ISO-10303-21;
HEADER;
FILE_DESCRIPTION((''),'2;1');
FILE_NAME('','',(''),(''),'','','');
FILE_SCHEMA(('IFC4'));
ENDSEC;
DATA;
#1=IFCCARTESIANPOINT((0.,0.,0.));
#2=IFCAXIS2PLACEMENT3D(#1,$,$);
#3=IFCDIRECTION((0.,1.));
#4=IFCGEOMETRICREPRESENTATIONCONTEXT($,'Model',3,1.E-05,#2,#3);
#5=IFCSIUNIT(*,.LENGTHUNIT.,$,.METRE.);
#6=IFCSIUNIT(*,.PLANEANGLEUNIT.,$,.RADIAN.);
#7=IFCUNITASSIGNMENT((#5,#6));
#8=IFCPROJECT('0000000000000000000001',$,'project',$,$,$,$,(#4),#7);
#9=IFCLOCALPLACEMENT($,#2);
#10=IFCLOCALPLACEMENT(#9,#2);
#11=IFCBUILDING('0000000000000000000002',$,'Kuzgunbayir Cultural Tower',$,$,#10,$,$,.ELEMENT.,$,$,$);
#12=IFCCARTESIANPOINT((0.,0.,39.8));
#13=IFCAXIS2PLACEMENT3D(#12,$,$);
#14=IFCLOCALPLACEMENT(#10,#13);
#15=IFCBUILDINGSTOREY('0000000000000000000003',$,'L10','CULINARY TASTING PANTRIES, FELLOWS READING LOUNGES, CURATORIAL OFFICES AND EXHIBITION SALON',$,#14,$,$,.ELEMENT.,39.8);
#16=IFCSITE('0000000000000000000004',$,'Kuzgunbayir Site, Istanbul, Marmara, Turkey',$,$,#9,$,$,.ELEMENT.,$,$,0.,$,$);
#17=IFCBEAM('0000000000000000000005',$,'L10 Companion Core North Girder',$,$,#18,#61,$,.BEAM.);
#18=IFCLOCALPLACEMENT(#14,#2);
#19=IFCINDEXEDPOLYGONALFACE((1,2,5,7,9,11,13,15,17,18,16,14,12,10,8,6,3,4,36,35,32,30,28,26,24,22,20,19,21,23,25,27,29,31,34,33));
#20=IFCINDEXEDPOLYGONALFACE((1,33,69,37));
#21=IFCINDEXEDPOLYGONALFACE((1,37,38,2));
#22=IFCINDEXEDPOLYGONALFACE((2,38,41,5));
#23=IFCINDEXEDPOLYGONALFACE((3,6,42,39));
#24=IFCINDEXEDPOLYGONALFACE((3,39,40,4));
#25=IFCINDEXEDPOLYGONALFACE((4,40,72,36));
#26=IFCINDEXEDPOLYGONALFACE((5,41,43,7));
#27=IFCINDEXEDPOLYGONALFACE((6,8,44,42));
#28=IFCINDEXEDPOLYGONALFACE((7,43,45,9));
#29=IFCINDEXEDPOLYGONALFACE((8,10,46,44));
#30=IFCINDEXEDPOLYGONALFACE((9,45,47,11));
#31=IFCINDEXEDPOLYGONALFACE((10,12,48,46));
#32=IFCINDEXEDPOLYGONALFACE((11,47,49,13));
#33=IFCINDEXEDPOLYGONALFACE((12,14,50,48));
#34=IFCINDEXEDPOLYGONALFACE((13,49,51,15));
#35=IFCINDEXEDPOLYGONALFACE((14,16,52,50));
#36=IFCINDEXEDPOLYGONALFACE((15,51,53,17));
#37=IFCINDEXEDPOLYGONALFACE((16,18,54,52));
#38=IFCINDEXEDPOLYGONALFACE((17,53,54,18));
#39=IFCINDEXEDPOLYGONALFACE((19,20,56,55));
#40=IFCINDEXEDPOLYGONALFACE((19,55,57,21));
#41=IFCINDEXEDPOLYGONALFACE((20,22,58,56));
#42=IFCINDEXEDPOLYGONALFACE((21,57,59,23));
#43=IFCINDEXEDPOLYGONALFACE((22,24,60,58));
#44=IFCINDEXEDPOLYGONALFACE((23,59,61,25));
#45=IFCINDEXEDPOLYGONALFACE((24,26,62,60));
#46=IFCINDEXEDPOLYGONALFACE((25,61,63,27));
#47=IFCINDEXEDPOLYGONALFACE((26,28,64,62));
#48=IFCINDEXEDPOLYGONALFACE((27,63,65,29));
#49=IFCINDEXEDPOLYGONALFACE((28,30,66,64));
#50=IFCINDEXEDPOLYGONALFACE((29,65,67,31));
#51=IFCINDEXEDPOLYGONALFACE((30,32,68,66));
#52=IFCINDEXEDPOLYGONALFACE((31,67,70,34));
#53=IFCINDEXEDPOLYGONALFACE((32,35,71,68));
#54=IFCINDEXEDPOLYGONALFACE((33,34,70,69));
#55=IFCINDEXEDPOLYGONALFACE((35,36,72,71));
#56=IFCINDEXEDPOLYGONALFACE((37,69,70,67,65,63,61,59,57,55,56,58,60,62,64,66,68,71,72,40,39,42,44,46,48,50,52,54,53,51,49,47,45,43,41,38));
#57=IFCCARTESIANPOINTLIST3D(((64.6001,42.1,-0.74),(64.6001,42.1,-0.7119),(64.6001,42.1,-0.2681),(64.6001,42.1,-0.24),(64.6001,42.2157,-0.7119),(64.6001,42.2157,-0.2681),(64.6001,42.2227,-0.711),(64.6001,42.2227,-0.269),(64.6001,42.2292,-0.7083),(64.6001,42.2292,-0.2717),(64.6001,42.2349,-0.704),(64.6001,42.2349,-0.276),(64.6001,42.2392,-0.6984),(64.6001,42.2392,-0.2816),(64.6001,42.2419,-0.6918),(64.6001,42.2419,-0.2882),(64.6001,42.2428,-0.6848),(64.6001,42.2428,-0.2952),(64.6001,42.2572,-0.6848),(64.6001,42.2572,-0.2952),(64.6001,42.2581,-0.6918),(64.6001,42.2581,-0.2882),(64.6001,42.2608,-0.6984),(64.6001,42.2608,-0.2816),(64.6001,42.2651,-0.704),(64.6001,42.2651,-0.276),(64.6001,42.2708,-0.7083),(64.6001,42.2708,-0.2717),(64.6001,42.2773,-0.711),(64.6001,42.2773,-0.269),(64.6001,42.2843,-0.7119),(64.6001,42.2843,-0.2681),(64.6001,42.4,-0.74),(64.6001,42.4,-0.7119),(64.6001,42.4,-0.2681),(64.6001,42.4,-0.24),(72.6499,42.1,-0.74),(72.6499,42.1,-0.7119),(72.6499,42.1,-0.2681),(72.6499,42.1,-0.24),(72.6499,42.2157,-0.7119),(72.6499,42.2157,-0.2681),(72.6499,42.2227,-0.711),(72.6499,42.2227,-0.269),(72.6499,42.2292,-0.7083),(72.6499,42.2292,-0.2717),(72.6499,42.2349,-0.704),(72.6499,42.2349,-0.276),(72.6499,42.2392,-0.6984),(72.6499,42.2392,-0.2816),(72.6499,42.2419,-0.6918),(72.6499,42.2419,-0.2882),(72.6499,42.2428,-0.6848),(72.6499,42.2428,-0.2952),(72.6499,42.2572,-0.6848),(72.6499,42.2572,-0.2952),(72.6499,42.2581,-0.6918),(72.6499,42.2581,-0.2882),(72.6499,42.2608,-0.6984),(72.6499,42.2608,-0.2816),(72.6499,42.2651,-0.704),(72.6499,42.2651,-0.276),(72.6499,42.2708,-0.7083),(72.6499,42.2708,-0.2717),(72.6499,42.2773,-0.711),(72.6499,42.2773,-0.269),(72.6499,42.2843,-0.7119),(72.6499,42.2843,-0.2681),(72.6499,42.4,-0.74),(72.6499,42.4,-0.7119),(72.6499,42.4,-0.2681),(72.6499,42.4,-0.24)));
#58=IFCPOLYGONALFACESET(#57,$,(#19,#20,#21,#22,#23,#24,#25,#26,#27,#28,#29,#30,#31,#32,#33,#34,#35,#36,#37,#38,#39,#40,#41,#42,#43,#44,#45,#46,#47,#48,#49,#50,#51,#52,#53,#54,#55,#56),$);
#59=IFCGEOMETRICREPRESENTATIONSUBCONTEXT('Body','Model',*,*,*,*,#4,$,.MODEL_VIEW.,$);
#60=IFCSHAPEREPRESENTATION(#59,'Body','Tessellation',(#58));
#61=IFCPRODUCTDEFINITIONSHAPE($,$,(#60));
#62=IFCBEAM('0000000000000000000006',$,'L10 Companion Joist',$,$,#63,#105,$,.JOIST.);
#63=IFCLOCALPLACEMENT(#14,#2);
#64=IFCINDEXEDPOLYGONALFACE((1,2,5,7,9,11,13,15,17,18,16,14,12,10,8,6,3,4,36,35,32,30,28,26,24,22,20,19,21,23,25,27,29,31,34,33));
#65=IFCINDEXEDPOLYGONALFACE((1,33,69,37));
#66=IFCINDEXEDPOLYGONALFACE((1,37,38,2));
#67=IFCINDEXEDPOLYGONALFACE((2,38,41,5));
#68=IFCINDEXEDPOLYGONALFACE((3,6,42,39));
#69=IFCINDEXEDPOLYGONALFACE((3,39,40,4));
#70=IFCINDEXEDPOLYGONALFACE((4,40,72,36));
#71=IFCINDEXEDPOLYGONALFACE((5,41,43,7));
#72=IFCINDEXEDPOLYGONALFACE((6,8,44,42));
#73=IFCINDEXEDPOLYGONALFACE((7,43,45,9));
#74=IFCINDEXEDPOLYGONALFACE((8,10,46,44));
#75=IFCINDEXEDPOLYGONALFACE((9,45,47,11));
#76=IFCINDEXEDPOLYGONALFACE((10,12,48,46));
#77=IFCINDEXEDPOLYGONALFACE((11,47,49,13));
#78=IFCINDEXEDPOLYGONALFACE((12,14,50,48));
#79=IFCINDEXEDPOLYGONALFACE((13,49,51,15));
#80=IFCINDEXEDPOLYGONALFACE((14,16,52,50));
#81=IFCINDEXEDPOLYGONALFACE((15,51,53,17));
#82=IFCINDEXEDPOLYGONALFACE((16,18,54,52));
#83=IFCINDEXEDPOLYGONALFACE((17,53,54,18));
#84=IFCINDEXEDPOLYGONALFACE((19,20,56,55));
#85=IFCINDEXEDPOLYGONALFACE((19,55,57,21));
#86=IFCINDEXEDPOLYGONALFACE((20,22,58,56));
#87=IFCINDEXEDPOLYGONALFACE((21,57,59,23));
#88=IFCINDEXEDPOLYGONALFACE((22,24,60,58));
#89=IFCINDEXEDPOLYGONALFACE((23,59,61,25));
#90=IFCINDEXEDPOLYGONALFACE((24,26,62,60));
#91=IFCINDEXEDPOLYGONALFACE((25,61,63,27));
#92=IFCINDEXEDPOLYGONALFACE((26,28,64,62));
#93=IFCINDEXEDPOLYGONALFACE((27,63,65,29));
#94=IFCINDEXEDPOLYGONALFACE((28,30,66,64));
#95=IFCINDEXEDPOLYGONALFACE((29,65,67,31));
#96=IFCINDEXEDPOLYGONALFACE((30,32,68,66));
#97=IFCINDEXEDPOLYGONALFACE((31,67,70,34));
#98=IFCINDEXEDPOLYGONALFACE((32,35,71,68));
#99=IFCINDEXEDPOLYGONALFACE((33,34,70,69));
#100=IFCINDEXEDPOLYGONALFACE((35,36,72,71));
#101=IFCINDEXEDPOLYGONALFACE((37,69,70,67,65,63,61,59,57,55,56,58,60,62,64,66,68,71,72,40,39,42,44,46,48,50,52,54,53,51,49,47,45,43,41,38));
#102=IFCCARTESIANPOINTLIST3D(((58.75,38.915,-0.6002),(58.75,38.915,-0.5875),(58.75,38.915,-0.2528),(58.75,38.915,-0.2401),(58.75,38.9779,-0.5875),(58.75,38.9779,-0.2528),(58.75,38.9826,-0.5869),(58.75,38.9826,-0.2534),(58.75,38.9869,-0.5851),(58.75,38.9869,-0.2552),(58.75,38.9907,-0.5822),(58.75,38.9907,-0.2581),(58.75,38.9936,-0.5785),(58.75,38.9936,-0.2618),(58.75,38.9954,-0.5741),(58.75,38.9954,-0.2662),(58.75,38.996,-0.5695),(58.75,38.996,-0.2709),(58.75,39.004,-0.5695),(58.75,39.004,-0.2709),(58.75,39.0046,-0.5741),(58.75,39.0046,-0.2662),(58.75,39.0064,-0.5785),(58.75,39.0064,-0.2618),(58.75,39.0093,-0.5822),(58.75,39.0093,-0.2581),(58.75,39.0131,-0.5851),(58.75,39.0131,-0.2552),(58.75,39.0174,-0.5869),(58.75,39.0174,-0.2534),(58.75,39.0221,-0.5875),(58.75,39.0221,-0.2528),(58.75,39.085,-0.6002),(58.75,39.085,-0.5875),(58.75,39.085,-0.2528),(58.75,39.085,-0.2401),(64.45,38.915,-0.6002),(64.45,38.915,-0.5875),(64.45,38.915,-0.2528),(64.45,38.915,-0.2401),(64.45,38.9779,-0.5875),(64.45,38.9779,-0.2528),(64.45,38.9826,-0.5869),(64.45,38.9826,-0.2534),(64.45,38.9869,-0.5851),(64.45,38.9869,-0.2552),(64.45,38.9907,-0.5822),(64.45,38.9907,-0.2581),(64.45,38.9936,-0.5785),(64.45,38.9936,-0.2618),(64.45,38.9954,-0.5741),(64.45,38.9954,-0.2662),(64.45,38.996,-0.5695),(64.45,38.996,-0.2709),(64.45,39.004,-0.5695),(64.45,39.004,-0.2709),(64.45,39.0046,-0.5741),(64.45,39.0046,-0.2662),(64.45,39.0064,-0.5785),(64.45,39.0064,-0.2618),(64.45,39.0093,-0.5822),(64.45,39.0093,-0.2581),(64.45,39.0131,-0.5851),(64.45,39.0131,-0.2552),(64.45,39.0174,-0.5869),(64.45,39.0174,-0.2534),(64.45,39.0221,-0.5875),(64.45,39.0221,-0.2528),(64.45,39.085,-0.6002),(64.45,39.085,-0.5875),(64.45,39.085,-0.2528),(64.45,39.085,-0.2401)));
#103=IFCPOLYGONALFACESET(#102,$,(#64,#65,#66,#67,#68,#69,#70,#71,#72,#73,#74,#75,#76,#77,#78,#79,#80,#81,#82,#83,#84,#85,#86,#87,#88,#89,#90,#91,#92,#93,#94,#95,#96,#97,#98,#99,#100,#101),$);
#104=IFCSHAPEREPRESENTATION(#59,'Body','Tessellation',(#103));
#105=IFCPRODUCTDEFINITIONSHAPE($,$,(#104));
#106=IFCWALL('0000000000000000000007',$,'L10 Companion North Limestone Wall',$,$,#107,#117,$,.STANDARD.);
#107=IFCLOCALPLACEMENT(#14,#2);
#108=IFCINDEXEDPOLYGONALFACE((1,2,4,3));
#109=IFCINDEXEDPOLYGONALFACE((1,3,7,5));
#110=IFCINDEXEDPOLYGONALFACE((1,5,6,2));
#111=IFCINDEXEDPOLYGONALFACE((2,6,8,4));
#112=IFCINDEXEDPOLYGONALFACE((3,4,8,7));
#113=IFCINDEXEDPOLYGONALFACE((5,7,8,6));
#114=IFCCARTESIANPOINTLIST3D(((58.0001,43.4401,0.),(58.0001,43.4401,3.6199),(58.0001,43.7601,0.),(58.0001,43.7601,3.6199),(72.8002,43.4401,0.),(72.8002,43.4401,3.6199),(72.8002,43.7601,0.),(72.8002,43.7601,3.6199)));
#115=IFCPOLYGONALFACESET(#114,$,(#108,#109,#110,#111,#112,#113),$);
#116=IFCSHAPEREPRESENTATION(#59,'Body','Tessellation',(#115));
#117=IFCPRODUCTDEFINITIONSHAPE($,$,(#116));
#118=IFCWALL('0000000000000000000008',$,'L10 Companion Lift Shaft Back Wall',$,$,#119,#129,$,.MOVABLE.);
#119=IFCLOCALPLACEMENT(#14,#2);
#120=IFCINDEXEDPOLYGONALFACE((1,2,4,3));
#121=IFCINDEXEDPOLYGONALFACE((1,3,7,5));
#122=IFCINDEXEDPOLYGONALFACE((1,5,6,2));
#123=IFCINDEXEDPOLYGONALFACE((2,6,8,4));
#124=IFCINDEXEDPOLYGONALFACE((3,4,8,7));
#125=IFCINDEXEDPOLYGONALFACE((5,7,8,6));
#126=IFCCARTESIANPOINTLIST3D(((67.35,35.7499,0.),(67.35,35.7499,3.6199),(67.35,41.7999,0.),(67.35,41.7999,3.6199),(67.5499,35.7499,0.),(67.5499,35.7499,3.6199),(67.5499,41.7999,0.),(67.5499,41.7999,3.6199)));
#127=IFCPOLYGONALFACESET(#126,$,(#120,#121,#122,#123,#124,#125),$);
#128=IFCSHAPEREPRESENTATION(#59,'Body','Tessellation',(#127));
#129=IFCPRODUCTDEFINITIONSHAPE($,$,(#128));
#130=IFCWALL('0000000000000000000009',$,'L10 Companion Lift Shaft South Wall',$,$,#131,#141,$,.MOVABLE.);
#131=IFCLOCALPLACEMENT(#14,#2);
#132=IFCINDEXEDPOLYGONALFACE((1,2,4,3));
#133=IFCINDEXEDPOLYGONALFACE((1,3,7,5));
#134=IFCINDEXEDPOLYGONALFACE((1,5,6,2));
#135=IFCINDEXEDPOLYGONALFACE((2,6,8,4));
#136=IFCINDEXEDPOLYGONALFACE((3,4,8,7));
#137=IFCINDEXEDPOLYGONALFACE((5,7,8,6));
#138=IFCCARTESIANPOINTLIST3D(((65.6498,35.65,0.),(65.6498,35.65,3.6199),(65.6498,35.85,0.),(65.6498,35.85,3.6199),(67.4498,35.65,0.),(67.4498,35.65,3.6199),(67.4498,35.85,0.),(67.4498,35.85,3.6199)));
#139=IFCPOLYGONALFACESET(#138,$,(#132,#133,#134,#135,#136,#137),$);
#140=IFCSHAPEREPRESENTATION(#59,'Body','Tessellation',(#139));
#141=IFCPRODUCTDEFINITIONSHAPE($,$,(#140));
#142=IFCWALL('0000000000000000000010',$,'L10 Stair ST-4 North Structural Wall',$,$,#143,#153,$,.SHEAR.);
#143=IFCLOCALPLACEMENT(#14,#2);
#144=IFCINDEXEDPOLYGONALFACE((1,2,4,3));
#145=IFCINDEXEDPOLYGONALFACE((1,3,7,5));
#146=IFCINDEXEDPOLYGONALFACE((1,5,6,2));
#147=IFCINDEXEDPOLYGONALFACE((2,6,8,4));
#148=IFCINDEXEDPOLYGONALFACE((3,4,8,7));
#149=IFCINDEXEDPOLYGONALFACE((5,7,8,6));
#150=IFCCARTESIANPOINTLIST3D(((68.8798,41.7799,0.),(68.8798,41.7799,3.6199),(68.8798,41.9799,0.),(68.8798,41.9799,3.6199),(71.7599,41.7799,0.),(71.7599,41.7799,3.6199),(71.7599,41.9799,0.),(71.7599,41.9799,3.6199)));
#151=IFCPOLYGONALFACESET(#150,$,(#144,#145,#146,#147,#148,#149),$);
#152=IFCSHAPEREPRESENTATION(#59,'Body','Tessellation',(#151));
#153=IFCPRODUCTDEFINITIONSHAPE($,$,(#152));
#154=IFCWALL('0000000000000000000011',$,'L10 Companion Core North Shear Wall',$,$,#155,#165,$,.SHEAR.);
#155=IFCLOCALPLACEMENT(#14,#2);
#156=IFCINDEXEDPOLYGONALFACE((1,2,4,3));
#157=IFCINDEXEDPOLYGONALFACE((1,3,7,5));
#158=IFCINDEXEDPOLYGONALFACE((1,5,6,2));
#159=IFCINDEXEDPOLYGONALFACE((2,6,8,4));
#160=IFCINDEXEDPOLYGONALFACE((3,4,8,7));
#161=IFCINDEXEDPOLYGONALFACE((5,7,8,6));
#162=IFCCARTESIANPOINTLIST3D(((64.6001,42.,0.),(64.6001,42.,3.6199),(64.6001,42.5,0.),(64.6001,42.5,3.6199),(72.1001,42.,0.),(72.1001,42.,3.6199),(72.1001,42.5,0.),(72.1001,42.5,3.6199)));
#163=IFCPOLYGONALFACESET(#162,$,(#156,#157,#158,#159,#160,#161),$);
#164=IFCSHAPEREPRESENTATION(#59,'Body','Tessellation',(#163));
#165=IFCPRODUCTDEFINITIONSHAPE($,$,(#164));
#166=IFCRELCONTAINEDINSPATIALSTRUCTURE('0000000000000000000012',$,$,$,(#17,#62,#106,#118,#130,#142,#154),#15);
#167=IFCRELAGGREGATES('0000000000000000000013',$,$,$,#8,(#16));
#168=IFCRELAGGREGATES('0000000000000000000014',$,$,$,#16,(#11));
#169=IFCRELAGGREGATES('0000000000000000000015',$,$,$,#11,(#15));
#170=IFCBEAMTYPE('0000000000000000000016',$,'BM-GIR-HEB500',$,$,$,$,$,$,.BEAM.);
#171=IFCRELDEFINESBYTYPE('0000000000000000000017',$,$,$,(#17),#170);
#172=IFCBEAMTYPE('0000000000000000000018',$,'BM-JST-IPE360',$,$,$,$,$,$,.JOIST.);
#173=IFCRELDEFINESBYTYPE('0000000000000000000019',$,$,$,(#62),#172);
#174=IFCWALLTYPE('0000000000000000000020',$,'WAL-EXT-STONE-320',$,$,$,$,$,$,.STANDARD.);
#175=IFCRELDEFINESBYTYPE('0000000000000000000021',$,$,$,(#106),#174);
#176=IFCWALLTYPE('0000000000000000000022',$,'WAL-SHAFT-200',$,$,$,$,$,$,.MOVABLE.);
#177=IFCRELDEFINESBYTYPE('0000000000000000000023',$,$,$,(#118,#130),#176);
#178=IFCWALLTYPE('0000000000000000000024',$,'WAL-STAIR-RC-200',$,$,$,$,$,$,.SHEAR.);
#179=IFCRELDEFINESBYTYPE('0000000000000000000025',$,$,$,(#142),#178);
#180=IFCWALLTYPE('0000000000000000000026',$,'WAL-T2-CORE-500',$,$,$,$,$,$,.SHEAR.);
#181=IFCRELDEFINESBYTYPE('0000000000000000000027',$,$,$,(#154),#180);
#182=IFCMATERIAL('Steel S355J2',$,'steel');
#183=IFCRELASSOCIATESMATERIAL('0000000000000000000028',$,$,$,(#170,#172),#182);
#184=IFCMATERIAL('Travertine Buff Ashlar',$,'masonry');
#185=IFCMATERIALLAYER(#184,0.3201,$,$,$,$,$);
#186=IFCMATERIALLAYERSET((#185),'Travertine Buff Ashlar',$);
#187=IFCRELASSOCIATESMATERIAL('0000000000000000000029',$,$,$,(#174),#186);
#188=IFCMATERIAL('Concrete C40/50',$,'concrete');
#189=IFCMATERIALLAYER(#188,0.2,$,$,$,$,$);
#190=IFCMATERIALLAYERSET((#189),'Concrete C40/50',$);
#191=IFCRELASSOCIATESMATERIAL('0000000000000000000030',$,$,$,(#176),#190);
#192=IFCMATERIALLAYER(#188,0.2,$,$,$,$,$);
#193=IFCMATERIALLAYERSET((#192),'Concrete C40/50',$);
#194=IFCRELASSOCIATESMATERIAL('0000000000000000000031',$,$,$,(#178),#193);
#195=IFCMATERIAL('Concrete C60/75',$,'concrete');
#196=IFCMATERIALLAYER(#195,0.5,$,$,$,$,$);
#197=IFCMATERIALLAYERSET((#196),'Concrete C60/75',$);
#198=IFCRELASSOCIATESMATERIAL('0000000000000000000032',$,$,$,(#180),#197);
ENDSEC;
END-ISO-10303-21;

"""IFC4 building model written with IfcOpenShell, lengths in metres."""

from ifc_helpers import new_model, si_unit, direction, frame, frame_2d, origin, origin_2d, place, context, subcontext, project, spatial, rectangle, i_section, extrude, material, layer, layer_set, material_profile, profile_set, type_object, element, save


model = new_model("IFC4")

# Units and contexts
model_context = context("Model", 3, precision=1e-05, world=origin(), true_north=direction((0.0, 1.0)))
body_context = subcontext(model_context, "Body", "Model", "MODEL_VIEW")
ifc_project = project(units=[si_unit("LENGTHUNIT", "METRE"), si_unit("PLANEANGLEUNIT", "RADIAN")], contexts=[model_context])

# Site, building, storey
site_placement = place(None, origin())
site = spatial("IfcSite", under=ifc_project, at=site_placement, Name="Kuzgunbayir Site, Istanbul, Marmara, Turkey", CompositionType="ELEMENT", RefElevation=0.0)
building_placement = place(site_placement, origin())
building = spatial("IfcBuilding", under=site, at=building_placement, Name="Kuzgunbayir Cultural Tower", CompositionType="ELEMENT")
storey_placement = place(building_placement, frame((0.0, 0.0, 39.8)))
storey = spatial("IfcBuildingStorey", under=building, at=storey_placement, Name="L10", Description="CULINARY TASTING PANTRIES, FELLOWS READING LOUNGES, CURATORIAL OFFICES AND EXHIBITION SALON", CompositionType="ELEMENT", Elevation=39.8)

# Shared definitions
ifc_material_1 = material(Name="Concrete C60/75", Category="concrete")

# Beams
ifc_material_2 = material(Name="Steel S355J2", Category="steel")
ifc_material_profile_1 = material_profile(ifc_material_2, i_section(OverallWidth=0.3, OverallDepth=0.5, WebThickness=0.0144, FlangeThickness=0.0281, FilletRadius=0.0271, at=origin_2d()), Name="HEB 500")
ifc_profile_set_1 = profile_set([ifc_material_profile_1], Name="Steel S355J2")
beam_type_1 = type_object("IfcBeamType", Name="BM-GIR-HEB500", PredefinedType="BEAM", material=ifc_profile_set_1)
beam_1_placement = place(storey_placement, frame((64.6001, 42.25, -0.49), z_axis=(1.0, 0.0, 0.0), x_axis=(0.0, 1.0, 0.0)))
element("IfcBeam", 1, at=beam_1_placement, inside=storey, type_object=beam_type_1, Name="L10 Companion Core North Girder", PredefinedType="BEAM", context=body_context, shape_type="SweptSolid", body=[
    extrude(i_section(OverallWidth=0.3, OverallDepth=0.5, WebThickness=0.0144, FlangeThickness=0.0281, FilletRadius=0.0271, at=origin_2d()), origin(), (0.0, 0.0, 1.0), 8.0498),
])
ifc_material_profile_2 = material_profile(ifc_material_2, i_section(OverallWidth=0.1699, OverallDepth=0.3601, WebThickness=0.0081, FlangeThickness=0.0127, FilletRadius=0.0181, at=origin_2d()), Name="IPE 360")
ifc_profile_set_2 = profile_set([ifc_material_profile_2], Name="Steel S355J2")
beam_type_2 = type_object("IfcBeamType", Name="BM-JST-IPE360", PredefinedType="JOIST", material=ifc_profile_set_2)
beam_2_placement = place(storey_placement, frame((58.75, 39.0, -0.4202), z_axis=(1.0, 0.0, 0.0), x_axis=(0.0, 1.0, 0.0)))
element("IfcBeam", 2, at=beam_2_placement, inside=storey, type_object=beam_type_2, Name="L10 Companion Joist", PredefinedType="JOIST", context=body_context, shape_type="SweptSolid", body=[
    extrude(i_section(OverallWidth=0.1699, OverallDepth=0.3601, WebThickness=0.0081, FlangeThickness=0.0127, FilletRadius=0.0181, at=origin_2d()), origin(), (0.0, 0.0, 1.0), 5.7),
])

# Wall
ifc_material_3 = material(Name="Travertine Buff Ashlar", Category="masonry")
ifc_layer_1 = layer(ifc_material_3, 0.3201)
ifc_layer_set_1 = layer_set([ifc_layer_1], Name="Travertine Buff Ashlar")
wall_type_1 = type_object("IfcWallType", Name="WAL-EXT-STONE-320", PredefinedType="STANDARD", material=ifc_layer_set_1)
wall_1_placement = place(storey_placement, frame((72.8, 43.6001, 0.0), z_axis=(0.0, 0.0, 1.0), x_axis=(-1.0, 0.0, 0.0)))
element("IfcWall", 3, at=wall_1_placement, inside=storey, type_object=wall_type_1, Name="L10 Companion North Limestone Wall", PredefinedType="STANDARD", context=body_context, shape_type="SweptSolid", body=[
    extrude(rectangle(XDim=14.8, YDim=0.3201, at=frame_2d((7.3999, 0.0))), origin(), (0.0, 0.0, 1.0), 3.6199),
])

# Shared definitions
ifc_material_4 = material(Name="Concrete C40/50", Category="concrete")
ifc_layer_2 = layer(ifc_material_4, 0.2)
ifc_layer_set_2 = layer_set([ifc_layer_2], Name="Concrete C40/50")
wall_type_2 = type_object("IfcWallType", Name="WAL-SHAFT-200", PredefinedType="MOVABLE", material=ifc_layer_set_2)

# Walls
wall_2_placement = place(storey_placement, frame((67.45, 35.75, 0.0), z_axis=(0.0, 0.0, 1.0), x_axis=(0.0, 1.0, 0.0)))
element("IfcWall", 4, at=wall_2_placement, inside=storey, type_object=wall_type_2, Name="L10 Companion Lift Shaft Back Wall", PredefinedType="MOVABLE", context=body_context, shape_type="SweptSolid", body=[
    extrude(rectangle(XDim=6.05, YDim=0.2, at=frame_2d((3.0249, 0.0))), origin(), (0.0, 0.0, 1.0), 3.6199),
])
wall_3_placement = place(storey_placement, frame((65.6499, 35.75, 0.0), z_axis=(0.0, 0.0, 1.0), x_axis=(1.0, 0.0, 0.0)))
element("IfcWall", 5, at=wall_3_placement, inside=storey, type_object=wall_type_2, Name="L10 Companion Lift Shaft South Wall", PredefinedType="MOVABLE", context=body_context, shape_type="SweptSolid", body=[
    extrude(rectangle(XDim=1.8, YDim=0.2, at=frame_2d((0.8999, 0.0))), origin(), (0.0, 0.0, 1.0), 3.6199),
])
ifc_layer_3 = layer(ifc_material_4, 0.2)
ifc_layer_set_3 = layer_set([ifc_layer_3], Name="Concrete C40/50")
wall_type_3 = type_object("IfcWallType", Name="WAL-STAIR-RC-200", PredefinedType="SHEAR", material=ifc_layer_set_3)
wall_4_placement = place(storey_placement, frame((68.8799, 41.8799, 0.0), z_axis=(0.0, 0.0, 1.0), x_axis=(1.0, 0.0, 0.0)))
element("IfcWall", 6, at=wall_4_placement, inside=storey, type_object=wall_type_3, Name="L10 Stair ST-4 North Structural Wall", PredefinedType="SHEAR", context=body_context, shape_type="SweptSolid", body=[
    extrude(rectangle(XDim=2.8801, YDim=0.2, at=frame_2d((1.4399, 0.0))), origin(), (0.0, 0.0, 1.0), 3.6199),
])
ifc_layer_4 = layer(ifc_material_1, 0.5)
ifc_layer_set_4 = layer_set([ifc_layer_4], Name="Concrete C60/75")
wall_type_4 = type_object("IfcWallType", Name="WAL-T2-CORE-500", PredefinedType="SHEAR", material=ifc_layer_set_4)
wall_5_placement = place(storey_placement, frame((64.6001, 42.25, 0.0), z_axis=(0.0, 0.0, 1.0), x_axis=(1.0, 0.0, 0.0)))
element("IfcWall", 7, at=wall_5_placement, inside=storey, type_object=wall_type_4, Name="L10 Companion Core North Shear Wall", PredefinedType="SHEAR", context=body_context, shape_type="SweptSolid", body=[
    extrude(rectangle(XDim=7.5, YDim=0.5, at=frame_2d((3.75, 0.0))), origin(), (0.0, 0.0, 1.0), 3.6199),
])

save(model, "model.ifc")
